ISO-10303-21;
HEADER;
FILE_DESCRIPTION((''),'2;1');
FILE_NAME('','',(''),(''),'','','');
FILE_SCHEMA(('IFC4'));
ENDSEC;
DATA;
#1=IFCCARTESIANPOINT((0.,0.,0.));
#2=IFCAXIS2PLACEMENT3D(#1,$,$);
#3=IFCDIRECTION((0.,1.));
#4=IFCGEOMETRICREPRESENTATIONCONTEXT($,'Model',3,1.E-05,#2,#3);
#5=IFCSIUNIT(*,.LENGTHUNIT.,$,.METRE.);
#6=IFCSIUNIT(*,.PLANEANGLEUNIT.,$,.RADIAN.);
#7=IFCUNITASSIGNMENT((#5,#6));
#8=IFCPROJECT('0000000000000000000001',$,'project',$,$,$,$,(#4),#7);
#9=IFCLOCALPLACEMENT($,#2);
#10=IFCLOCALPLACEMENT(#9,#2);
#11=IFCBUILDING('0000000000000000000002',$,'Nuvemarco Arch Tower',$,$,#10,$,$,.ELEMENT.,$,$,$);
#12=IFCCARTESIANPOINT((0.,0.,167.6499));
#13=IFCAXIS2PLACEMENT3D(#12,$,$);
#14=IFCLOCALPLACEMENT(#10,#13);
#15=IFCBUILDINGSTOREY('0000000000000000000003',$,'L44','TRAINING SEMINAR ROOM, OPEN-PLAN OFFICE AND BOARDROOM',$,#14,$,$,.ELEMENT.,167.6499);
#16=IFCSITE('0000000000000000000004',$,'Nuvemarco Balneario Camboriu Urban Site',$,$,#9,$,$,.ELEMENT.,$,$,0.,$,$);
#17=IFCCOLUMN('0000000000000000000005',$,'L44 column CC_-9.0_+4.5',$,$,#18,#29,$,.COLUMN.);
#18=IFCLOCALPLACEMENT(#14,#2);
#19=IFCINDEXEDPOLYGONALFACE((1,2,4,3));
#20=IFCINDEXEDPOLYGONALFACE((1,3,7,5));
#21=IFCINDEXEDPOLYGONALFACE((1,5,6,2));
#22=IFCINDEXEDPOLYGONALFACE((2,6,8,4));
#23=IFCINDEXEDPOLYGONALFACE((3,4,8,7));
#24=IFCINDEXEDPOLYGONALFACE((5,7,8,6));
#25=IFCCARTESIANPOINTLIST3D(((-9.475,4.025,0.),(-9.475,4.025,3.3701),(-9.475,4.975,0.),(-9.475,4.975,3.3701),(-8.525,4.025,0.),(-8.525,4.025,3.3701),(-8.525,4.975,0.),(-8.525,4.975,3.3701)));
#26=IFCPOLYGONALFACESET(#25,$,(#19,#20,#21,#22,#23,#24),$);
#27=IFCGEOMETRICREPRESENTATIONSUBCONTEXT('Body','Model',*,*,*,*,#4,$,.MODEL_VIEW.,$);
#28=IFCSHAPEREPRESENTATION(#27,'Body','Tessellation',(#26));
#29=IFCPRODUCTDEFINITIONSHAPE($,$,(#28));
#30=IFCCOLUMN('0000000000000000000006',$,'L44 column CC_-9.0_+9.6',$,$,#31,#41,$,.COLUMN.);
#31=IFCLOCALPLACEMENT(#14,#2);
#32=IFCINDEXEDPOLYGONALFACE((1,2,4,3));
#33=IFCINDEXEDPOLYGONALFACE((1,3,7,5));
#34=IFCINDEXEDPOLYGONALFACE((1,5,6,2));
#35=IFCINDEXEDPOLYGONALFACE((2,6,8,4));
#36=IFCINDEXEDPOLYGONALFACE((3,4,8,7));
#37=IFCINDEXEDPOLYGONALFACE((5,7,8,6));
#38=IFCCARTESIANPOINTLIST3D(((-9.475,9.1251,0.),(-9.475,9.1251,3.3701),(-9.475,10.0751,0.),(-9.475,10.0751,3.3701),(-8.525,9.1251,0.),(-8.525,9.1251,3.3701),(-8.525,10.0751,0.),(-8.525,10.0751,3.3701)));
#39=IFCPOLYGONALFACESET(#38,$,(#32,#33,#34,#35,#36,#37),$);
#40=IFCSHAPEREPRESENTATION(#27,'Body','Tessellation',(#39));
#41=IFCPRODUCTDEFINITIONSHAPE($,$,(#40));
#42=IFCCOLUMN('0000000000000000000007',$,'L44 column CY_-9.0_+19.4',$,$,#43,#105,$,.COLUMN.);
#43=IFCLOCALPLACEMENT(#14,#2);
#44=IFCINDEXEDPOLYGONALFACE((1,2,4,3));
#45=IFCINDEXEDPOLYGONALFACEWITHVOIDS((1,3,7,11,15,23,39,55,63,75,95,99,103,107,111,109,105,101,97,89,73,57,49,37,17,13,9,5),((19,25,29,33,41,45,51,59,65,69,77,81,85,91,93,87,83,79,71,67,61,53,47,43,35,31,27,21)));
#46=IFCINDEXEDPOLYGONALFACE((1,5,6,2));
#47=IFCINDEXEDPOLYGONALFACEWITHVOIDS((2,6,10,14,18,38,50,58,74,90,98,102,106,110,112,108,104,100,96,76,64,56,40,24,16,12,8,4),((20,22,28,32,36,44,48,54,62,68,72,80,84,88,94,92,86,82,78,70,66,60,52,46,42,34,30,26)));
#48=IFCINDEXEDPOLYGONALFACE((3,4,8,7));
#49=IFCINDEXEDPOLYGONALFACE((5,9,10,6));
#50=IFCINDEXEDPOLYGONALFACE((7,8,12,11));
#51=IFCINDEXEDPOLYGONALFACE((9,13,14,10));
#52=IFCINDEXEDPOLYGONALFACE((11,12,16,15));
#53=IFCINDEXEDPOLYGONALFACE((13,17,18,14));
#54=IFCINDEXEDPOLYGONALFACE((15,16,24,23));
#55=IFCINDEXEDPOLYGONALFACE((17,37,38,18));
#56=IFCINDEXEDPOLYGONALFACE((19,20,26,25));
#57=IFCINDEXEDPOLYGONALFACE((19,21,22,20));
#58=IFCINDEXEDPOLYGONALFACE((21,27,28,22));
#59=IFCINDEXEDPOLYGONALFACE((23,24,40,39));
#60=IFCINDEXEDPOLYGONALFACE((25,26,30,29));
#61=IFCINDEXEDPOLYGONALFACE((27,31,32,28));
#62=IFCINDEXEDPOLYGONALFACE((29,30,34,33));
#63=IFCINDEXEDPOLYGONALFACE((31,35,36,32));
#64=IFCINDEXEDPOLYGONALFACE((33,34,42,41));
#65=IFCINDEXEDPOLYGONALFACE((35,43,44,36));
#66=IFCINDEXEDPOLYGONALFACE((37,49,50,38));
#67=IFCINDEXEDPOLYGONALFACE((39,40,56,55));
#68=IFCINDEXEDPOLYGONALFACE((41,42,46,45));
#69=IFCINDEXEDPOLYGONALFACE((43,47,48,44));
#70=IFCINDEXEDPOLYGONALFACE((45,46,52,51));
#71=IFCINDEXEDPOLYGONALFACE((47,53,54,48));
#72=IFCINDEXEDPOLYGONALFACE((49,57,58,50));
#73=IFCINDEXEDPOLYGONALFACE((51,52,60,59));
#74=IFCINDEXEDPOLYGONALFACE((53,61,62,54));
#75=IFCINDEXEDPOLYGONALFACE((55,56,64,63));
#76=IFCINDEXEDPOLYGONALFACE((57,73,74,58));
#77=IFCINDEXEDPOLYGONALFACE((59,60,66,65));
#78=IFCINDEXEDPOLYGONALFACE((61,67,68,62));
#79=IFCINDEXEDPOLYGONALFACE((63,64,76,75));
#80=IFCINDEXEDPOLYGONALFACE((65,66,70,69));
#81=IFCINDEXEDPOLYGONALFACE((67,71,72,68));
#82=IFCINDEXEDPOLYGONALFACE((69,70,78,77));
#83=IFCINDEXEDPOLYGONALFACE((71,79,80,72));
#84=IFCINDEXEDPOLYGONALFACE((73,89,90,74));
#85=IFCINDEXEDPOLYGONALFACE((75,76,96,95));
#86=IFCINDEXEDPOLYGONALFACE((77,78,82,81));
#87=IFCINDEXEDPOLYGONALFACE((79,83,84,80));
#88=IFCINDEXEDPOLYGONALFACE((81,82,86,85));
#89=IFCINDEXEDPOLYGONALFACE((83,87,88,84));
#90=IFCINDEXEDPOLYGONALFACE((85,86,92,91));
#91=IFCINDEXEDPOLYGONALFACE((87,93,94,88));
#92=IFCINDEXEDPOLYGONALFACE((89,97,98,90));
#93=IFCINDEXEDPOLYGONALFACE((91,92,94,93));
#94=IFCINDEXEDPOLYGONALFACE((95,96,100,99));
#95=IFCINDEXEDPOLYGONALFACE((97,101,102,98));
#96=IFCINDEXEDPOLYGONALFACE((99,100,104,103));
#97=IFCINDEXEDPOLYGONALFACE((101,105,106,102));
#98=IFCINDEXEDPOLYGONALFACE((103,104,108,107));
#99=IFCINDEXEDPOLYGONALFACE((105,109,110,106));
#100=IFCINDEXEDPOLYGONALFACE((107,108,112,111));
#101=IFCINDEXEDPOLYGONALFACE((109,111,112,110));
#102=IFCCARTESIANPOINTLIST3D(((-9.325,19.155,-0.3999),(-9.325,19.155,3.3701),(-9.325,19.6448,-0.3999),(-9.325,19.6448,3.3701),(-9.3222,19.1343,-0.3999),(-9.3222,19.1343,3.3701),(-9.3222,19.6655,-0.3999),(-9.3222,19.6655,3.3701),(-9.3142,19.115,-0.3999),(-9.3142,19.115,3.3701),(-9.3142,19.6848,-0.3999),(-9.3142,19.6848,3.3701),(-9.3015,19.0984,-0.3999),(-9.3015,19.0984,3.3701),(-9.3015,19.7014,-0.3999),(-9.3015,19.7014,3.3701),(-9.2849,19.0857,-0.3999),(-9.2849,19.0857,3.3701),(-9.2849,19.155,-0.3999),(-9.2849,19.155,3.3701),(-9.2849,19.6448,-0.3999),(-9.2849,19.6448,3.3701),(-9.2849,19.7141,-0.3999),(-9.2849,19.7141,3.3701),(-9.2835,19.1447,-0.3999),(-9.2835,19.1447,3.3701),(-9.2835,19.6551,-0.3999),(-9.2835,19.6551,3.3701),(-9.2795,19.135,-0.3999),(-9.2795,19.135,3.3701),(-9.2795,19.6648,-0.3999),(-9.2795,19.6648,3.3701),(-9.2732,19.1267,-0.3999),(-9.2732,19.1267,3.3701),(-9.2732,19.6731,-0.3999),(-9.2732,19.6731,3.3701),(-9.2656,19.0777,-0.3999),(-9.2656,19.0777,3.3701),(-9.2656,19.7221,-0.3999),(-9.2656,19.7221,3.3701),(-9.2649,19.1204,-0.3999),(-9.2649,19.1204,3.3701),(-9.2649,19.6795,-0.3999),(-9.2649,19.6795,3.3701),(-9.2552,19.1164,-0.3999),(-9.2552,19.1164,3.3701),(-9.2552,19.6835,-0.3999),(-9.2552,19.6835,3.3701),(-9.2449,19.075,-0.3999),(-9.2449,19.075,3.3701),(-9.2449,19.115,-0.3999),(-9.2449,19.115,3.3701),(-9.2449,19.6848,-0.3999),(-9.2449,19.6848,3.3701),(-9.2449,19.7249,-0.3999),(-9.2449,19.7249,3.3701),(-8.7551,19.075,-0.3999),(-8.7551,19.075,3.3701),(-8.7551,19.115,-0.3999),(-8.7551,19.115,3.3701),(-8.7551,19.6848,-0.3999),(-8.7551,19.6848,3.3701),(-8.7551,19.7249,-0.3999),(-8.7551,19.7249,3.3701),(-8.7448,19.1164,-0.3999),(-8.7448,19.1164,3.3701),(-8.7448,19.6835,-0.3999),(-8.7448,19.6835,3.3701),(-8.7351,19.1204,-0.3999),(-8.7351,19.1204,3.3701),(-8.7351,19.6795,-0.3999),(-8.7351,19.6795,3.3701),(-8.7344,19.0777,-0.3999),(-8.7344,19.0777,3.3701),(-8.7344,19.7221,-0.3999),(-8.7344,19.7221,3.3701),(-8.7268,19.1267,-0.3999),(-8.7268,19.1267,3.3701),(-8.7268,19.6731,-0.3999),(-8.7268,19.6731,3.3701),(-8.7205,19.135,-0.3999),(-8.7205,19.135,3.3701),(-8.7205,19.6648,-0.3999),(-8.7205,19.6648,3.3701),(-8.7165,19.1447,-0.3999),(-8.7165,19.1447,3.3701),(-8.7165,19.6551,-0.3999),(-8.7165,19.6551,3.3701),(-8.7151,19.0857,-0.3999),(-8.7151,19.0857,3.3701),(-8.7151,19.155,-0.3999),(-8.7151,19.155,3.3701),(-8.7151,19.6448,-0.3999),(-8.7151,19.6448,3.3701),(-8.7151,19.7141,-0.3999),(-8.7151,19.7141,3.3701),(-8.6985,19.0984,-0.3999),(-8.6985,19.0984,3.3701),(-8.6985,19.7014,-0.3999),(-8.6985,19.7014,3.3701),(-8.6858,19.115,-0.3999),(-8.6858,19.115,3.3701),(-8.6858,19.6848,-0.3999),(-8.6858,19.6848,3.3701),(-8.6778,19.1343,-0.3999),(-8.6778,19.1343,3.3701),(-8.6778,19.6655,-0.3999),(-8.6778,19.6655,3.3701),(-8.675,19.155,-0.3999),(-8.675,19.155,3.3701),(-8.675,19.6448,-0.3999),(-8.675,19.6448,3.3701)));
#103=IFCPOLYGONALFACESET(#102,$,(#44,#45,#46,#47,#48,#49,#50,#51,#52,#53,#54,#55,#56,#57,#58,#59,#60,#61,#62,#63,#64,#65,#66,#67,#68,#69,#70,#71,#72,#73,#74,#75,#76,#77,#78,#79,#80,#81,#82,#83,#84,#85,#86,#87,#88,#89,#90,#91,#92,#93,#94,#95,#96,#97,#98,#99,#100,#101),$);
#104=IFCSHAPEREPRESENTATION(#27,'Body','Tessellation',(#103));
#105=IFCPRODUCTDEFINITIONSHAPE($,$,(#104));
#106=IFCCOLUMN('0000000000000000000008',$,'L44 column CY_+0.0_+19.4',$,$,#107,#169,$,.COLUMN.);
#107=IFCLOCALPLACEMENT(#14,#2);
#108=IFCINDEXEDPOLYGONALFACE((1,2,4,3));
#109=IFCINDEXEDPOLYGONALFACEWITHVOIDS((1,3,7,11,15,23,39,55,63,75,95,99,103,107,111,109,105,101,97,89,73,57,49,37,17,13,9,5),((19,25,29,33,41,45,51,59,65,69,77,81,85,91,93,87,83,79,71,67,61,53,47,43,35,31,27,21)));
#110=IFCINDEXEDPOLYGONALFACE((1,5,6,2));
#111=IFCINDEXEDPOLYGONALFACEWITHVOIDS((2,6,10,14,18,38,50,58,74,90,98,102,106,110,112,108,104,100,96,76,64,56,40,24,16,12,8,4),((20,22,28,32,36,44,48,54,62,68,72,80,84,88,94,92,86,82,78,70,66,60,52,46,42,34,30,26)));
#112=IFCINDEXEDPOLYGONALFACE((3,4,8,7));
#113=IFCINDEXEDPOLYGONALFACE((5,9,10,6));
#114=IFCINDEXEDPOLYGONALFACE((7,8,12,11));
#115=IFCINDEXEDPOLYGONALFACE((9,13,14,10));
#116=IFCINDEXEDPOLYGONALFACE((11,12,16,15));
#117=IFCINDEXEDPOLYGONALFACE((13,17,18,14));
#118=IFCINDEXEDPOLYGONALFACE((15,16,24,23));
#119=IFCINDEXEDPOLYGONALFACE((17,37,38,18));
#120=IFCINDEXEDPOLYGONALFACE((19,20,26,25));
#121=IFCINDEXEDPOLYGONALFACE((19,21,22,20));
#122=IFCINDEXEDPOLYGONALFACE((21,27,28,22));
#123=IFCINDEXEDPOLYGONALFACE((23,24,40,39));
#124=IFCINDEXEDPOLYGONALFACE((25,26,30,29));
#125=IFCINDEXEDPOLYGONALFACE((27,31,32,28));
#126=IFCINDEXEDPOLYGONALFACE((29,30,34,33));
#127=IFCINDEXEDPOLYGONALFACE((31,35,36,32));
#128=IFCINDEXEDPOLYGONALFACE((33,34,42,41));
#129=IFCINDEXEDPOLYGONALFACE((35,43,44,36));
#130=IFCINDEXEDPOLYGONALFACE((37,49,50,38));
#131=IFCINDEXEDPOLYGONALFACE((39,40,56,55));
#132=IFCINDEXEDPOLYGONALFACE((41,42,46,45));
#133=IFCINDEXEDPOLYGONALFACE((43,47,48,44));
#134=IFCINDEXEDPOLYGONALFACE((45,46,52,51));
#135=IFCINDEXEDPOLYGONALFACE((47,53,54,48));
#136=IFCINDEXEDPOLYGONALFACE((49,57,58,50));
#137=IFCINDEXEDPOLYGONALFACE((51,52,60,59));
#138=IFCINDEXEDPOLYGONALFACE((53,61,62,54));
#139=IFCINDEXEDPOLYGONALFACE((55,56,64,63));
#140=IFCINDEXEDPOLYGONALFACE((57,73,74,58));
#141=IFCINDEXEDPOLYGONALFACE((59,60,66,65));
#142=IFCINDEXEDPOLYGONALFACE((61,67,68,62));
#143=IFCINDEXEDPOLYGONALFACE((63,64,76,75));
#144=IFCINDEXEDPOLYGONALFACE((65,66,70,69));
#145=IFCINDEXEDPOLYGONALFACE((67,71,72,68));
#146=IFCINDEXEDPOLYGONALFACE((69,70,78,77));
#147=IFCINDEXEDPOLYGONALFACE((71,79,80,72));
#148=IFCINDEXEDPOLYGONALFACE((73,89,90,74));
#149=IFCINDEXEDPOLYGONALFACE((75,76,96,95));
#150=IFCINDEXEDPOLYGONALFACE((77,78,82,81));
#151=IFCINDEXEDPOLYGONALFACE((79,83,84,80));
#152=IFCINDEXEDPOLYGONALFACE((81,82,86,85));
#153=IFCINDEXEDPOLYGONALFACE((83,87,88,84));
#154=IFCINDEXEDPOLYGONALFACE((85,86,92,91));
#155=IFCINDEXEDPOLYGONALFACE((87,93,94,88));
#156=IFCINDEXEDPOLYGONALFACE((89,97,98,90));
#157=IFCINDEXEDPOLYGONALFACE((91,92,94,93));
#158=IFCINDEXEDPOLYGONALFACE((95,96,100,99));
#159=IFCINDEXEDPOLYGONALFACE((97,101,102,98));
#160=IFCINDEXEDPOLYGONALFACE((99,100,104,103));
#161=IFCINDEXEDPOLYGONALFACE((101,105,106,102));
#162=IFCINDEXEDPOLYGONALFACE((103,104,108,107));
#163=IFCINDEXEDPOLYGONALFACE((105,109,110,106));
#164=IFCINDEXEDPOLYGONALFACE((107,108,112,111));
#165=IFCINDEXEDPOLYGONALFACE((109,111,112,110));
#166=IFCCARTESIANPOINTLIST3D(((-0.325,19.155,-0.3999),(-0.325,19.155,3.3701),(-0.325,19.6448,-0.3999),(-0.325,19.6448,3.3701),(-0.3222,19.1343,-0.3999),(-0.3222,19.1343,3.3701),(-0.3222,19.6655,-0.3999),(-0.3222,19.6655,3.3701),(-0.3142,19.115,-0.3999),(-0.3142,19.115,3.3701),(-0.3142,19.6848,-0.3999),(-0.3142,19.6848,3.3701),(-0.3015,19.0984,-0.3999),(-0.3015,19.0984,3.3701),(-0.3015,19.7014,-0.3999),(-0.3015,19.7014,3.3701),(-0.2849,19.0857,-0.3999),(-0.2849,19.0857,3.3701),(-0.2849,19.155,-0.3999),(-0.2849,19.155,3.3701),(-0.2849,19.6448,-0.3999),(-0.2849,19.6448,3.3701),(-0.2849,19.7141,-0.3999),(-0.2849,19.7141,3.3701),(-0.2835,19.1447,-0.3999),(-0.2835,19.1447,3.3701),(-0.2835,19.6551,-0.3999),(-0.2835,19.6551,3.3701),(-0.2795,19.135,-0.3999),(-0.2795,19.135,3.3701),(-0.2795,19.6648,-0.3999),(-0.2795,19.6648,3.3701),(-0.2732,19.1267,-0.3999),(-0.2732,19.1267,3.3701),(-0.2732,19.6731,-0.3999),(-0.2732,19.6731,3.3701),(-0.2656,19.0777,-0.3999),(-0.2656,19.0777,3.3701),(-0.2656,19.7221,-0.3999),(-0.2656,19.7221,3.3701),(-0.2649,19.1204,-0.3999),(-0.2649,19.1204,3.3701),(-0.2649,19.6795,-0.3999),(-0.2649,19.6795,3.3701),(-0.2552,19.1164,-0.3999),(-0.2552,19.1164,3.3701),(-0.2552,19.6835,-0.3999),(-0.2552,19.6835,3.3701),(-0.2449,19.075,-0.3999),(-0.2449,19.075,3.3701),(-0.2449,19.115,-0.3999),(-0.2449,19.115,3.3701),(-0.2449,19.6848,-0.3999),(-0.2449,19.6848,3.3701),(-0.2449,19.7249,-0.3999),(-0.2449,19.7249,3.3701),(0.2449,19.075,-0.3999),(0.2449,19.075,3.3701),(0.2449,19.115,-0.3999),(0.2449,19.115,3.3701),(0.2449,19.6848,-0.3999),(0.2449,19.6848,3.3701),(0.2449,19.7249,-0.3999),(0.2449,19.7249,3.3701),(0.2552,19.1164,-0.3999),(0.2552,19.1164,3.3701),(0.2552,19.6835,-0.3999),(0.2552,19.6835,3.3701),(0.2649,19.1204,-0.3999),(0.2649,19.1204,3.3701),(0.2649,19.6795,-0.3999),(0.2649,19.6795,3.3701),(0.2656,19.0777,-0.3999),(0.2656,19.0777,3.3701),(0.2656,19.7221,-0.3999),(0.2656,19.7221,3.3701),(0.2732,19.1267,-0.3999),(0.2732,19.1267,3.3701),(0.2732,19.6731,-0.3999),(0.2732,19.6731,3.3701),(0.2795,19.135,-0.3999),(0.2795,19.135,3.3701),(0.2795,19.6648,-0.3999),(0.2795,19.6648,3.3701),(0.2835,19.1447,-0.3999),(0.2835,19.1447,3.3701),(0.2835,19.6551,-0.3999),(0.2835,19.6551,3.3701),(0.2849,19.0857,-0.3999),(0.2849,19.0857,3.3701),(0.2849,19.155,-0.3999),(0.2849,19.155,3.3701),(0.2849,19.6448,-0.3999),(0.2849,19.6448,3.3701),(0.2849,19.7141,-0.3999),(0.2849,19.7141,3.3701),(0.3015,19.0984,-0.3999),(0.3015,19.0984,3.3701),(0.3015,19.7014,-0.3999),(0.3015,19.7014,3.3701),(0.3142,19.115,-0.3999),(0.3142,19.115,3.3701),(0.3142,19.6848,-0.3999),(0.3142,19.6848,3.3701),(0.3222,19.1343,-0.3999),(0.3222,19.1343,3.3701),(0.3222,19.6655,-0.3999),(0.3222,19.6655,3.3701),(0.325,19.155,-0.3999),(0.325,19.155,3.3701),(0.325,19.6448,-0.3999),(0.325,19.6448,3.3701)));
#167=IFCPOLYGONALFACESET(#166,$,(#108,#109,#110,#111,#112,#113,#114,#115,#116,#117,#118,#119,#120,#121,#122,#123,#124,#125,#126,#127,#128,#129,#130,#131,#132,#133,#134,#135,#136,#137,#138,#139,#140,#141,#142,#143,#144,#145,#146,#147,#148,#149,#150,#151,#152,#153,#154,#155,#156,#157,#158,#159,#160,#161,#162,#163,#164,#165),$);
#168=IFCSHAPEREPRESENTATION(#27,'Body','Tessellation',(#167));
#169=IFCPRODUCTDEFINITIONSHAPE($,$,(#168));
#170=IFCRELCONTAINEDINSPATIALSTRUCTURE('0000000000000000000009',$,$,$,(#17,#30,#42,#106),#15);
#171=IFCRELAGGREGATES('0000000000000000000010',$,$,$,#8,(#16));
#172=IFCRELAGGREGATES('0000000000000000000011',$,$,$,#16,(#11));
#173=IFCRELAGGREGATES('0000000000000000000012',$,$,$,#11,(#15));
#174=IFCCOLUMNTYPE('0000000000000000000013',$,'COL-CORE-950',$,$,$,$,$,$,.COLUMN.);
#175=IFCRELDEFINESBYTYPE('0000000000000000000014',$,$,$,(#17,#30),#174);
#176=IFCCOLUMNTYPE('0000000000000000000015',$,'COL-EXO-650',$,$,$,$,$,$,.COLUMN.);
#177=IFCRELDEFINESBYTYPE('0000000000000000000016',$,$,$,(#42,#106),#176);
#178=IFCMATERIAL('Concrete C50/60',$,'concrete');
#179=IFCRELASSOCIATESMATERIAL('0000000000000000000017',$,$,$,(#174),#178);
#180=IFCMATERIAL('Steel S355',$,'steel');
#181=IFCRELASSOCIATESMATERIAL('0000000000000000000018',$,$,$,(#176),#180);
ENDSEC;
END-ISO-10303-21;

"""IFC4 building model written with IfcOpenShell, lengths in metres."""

from ifc_helpers import new_model, si_unit, direction, frame, origin, origin_2d, place, context, subcontext, project, spatial, rectangle, hollow_rectangle, extrude, material, material_profile, profile_set, type_object, element, save


model = new_model("IFC4")

# Units and contexts
model_context = context("Model", 3, precision=1e-05, world=origin(), true_north=direction((0.0, 1.0)))
body_context = subcontext(model_context, "Body", "Model", "MODEL_VIEW")
ifc_project = project(units=[si_unit("LENGTHUNIT", "METRE"), si_unit("PLANEANGLEUNIT", "RADIAN")], contexts=[model_context])

# Site, building, storey
site_placement = place(None, origin())
site = spatial("IfcSite", under=ifc_project, at=site_placement, Name="Nuvemarco Balneario Camboriu Urban Site", CompositionType="ELEMENT", RefElevation=0.0)
building_placement = place(site_placement, origin())
building = spatial("IfcBuilding", under=site, at=building_placement, Name="Nuvemarco Arch Tower", CompositionType="ELEMENT")
storey_placement = place(building_placement, frame((0.0, 0.0, 167.6499)))
storey = spatial("IfcBuildingStorey", under=building, at=storey_placement, Name="L44", Description="TRAINING SEMINAR ROOM, OPEN-PLAN OFFICE AND BOARDROOM", CompositionType="ELEMENT", Elevation=167.6499)

# Columns
ifc_material_1 = material(Name="Concrete C50/60", Category="concrete")
ifc_material_profile_1 = material_profile(ifc_material_1, rectangle(XDim=0.95, YDim=0.95, at=origin_2d()), Name="RC-COL-950x950")
ifc_profile_set_1 = profile_set([ifc_material_profile_1], Name="Concrete C50/60")
column_type_1 = type_object("IfcColumnType", Name="COL-CORE-950", PredefinedType="COLUMN", material=ifc_profile_set_1)
for number, where, z_axis, x_axis, name in (
    (1, (-9.0, 4.5, 0.0), (0.0, 0.0, 1.0), (1.0, 0.0, 0.0), "L44 column CC_-9.0_+4.5"),
    (2, (-9.0, 9.6001, 0.0), (0.0, 0.0, 1.0), (1.0, 0.0, 0.0), "L44 column CC_-9.0_+9.6"),
):
    element("IfcColumn", number, at=place(storey_placement, frame(where, z_axis=z_axis, x_axis=x_axis)), inside=storey, type_object=column_type_1, Name=name, PredefinedType="COLUMN", context=body_context, shape_type="SweptSolid", body=[
        extrude(rectangle(XDim=0.95, YDim=0.95, at=origin_2d()), origin(), (0.0, 0.0, 1.0), 3.3701),
    ])
ifc_material_2 = material(Name="Steel S355", Category="steel")
ifc_material_profile_2 = material_profile(ifc_material_2, hollow_rectangle(XDim=0.6499, YDim=0.6499, WallThickness=0.04, InnerFilletRadius=0.04, OuterFilletRadius=0.0801, at=origin_2d()), Name="SHS650x650x40")
ifc_profile_set_2 = profile_set([ifc_material_profile_2], Name="Steel S355")
column_type_2 = type_object("IfcColumnType", Name="COL-EXO-650", PredefinedType="COLUMN", material=ifc_profile_set_2)
for number, where, z_axis, x_axis, name in (
    (3, (-9.0, 19.3999, -0.3999), (0.0, 0.0, 1.0), (1.0, 0.0, 0.0), "L44 column CY_-9.0_+19.4"),
    (4, (0.0, 19.3999, -0.3999), (0.0, 0.0, 1.0), (1.0, 0.0, 0.0), "L44 column CY_+0.0_+19.4"),
):
    element("IfcColumn", number, at=place(storey_placement, frame(where, z_axis=z_axis, x_axis=x_axis)), inside=storey, type_object=column_type_2, Name=name, PredefinedType="COLUMN", context=body_context, shape_type="SweptSolid", body=[
        extrude(hollow_rectangle(XDim=0.6499, YDim=0.6499, WallThickness=0.04, InnerFilletRadius=0.04, OuterFilletRadius=0.0801, at=origin_2d()), origin(), (0.0, 0.0, 1.0), 3.77),
    ])

save(model, "model.ifc")
